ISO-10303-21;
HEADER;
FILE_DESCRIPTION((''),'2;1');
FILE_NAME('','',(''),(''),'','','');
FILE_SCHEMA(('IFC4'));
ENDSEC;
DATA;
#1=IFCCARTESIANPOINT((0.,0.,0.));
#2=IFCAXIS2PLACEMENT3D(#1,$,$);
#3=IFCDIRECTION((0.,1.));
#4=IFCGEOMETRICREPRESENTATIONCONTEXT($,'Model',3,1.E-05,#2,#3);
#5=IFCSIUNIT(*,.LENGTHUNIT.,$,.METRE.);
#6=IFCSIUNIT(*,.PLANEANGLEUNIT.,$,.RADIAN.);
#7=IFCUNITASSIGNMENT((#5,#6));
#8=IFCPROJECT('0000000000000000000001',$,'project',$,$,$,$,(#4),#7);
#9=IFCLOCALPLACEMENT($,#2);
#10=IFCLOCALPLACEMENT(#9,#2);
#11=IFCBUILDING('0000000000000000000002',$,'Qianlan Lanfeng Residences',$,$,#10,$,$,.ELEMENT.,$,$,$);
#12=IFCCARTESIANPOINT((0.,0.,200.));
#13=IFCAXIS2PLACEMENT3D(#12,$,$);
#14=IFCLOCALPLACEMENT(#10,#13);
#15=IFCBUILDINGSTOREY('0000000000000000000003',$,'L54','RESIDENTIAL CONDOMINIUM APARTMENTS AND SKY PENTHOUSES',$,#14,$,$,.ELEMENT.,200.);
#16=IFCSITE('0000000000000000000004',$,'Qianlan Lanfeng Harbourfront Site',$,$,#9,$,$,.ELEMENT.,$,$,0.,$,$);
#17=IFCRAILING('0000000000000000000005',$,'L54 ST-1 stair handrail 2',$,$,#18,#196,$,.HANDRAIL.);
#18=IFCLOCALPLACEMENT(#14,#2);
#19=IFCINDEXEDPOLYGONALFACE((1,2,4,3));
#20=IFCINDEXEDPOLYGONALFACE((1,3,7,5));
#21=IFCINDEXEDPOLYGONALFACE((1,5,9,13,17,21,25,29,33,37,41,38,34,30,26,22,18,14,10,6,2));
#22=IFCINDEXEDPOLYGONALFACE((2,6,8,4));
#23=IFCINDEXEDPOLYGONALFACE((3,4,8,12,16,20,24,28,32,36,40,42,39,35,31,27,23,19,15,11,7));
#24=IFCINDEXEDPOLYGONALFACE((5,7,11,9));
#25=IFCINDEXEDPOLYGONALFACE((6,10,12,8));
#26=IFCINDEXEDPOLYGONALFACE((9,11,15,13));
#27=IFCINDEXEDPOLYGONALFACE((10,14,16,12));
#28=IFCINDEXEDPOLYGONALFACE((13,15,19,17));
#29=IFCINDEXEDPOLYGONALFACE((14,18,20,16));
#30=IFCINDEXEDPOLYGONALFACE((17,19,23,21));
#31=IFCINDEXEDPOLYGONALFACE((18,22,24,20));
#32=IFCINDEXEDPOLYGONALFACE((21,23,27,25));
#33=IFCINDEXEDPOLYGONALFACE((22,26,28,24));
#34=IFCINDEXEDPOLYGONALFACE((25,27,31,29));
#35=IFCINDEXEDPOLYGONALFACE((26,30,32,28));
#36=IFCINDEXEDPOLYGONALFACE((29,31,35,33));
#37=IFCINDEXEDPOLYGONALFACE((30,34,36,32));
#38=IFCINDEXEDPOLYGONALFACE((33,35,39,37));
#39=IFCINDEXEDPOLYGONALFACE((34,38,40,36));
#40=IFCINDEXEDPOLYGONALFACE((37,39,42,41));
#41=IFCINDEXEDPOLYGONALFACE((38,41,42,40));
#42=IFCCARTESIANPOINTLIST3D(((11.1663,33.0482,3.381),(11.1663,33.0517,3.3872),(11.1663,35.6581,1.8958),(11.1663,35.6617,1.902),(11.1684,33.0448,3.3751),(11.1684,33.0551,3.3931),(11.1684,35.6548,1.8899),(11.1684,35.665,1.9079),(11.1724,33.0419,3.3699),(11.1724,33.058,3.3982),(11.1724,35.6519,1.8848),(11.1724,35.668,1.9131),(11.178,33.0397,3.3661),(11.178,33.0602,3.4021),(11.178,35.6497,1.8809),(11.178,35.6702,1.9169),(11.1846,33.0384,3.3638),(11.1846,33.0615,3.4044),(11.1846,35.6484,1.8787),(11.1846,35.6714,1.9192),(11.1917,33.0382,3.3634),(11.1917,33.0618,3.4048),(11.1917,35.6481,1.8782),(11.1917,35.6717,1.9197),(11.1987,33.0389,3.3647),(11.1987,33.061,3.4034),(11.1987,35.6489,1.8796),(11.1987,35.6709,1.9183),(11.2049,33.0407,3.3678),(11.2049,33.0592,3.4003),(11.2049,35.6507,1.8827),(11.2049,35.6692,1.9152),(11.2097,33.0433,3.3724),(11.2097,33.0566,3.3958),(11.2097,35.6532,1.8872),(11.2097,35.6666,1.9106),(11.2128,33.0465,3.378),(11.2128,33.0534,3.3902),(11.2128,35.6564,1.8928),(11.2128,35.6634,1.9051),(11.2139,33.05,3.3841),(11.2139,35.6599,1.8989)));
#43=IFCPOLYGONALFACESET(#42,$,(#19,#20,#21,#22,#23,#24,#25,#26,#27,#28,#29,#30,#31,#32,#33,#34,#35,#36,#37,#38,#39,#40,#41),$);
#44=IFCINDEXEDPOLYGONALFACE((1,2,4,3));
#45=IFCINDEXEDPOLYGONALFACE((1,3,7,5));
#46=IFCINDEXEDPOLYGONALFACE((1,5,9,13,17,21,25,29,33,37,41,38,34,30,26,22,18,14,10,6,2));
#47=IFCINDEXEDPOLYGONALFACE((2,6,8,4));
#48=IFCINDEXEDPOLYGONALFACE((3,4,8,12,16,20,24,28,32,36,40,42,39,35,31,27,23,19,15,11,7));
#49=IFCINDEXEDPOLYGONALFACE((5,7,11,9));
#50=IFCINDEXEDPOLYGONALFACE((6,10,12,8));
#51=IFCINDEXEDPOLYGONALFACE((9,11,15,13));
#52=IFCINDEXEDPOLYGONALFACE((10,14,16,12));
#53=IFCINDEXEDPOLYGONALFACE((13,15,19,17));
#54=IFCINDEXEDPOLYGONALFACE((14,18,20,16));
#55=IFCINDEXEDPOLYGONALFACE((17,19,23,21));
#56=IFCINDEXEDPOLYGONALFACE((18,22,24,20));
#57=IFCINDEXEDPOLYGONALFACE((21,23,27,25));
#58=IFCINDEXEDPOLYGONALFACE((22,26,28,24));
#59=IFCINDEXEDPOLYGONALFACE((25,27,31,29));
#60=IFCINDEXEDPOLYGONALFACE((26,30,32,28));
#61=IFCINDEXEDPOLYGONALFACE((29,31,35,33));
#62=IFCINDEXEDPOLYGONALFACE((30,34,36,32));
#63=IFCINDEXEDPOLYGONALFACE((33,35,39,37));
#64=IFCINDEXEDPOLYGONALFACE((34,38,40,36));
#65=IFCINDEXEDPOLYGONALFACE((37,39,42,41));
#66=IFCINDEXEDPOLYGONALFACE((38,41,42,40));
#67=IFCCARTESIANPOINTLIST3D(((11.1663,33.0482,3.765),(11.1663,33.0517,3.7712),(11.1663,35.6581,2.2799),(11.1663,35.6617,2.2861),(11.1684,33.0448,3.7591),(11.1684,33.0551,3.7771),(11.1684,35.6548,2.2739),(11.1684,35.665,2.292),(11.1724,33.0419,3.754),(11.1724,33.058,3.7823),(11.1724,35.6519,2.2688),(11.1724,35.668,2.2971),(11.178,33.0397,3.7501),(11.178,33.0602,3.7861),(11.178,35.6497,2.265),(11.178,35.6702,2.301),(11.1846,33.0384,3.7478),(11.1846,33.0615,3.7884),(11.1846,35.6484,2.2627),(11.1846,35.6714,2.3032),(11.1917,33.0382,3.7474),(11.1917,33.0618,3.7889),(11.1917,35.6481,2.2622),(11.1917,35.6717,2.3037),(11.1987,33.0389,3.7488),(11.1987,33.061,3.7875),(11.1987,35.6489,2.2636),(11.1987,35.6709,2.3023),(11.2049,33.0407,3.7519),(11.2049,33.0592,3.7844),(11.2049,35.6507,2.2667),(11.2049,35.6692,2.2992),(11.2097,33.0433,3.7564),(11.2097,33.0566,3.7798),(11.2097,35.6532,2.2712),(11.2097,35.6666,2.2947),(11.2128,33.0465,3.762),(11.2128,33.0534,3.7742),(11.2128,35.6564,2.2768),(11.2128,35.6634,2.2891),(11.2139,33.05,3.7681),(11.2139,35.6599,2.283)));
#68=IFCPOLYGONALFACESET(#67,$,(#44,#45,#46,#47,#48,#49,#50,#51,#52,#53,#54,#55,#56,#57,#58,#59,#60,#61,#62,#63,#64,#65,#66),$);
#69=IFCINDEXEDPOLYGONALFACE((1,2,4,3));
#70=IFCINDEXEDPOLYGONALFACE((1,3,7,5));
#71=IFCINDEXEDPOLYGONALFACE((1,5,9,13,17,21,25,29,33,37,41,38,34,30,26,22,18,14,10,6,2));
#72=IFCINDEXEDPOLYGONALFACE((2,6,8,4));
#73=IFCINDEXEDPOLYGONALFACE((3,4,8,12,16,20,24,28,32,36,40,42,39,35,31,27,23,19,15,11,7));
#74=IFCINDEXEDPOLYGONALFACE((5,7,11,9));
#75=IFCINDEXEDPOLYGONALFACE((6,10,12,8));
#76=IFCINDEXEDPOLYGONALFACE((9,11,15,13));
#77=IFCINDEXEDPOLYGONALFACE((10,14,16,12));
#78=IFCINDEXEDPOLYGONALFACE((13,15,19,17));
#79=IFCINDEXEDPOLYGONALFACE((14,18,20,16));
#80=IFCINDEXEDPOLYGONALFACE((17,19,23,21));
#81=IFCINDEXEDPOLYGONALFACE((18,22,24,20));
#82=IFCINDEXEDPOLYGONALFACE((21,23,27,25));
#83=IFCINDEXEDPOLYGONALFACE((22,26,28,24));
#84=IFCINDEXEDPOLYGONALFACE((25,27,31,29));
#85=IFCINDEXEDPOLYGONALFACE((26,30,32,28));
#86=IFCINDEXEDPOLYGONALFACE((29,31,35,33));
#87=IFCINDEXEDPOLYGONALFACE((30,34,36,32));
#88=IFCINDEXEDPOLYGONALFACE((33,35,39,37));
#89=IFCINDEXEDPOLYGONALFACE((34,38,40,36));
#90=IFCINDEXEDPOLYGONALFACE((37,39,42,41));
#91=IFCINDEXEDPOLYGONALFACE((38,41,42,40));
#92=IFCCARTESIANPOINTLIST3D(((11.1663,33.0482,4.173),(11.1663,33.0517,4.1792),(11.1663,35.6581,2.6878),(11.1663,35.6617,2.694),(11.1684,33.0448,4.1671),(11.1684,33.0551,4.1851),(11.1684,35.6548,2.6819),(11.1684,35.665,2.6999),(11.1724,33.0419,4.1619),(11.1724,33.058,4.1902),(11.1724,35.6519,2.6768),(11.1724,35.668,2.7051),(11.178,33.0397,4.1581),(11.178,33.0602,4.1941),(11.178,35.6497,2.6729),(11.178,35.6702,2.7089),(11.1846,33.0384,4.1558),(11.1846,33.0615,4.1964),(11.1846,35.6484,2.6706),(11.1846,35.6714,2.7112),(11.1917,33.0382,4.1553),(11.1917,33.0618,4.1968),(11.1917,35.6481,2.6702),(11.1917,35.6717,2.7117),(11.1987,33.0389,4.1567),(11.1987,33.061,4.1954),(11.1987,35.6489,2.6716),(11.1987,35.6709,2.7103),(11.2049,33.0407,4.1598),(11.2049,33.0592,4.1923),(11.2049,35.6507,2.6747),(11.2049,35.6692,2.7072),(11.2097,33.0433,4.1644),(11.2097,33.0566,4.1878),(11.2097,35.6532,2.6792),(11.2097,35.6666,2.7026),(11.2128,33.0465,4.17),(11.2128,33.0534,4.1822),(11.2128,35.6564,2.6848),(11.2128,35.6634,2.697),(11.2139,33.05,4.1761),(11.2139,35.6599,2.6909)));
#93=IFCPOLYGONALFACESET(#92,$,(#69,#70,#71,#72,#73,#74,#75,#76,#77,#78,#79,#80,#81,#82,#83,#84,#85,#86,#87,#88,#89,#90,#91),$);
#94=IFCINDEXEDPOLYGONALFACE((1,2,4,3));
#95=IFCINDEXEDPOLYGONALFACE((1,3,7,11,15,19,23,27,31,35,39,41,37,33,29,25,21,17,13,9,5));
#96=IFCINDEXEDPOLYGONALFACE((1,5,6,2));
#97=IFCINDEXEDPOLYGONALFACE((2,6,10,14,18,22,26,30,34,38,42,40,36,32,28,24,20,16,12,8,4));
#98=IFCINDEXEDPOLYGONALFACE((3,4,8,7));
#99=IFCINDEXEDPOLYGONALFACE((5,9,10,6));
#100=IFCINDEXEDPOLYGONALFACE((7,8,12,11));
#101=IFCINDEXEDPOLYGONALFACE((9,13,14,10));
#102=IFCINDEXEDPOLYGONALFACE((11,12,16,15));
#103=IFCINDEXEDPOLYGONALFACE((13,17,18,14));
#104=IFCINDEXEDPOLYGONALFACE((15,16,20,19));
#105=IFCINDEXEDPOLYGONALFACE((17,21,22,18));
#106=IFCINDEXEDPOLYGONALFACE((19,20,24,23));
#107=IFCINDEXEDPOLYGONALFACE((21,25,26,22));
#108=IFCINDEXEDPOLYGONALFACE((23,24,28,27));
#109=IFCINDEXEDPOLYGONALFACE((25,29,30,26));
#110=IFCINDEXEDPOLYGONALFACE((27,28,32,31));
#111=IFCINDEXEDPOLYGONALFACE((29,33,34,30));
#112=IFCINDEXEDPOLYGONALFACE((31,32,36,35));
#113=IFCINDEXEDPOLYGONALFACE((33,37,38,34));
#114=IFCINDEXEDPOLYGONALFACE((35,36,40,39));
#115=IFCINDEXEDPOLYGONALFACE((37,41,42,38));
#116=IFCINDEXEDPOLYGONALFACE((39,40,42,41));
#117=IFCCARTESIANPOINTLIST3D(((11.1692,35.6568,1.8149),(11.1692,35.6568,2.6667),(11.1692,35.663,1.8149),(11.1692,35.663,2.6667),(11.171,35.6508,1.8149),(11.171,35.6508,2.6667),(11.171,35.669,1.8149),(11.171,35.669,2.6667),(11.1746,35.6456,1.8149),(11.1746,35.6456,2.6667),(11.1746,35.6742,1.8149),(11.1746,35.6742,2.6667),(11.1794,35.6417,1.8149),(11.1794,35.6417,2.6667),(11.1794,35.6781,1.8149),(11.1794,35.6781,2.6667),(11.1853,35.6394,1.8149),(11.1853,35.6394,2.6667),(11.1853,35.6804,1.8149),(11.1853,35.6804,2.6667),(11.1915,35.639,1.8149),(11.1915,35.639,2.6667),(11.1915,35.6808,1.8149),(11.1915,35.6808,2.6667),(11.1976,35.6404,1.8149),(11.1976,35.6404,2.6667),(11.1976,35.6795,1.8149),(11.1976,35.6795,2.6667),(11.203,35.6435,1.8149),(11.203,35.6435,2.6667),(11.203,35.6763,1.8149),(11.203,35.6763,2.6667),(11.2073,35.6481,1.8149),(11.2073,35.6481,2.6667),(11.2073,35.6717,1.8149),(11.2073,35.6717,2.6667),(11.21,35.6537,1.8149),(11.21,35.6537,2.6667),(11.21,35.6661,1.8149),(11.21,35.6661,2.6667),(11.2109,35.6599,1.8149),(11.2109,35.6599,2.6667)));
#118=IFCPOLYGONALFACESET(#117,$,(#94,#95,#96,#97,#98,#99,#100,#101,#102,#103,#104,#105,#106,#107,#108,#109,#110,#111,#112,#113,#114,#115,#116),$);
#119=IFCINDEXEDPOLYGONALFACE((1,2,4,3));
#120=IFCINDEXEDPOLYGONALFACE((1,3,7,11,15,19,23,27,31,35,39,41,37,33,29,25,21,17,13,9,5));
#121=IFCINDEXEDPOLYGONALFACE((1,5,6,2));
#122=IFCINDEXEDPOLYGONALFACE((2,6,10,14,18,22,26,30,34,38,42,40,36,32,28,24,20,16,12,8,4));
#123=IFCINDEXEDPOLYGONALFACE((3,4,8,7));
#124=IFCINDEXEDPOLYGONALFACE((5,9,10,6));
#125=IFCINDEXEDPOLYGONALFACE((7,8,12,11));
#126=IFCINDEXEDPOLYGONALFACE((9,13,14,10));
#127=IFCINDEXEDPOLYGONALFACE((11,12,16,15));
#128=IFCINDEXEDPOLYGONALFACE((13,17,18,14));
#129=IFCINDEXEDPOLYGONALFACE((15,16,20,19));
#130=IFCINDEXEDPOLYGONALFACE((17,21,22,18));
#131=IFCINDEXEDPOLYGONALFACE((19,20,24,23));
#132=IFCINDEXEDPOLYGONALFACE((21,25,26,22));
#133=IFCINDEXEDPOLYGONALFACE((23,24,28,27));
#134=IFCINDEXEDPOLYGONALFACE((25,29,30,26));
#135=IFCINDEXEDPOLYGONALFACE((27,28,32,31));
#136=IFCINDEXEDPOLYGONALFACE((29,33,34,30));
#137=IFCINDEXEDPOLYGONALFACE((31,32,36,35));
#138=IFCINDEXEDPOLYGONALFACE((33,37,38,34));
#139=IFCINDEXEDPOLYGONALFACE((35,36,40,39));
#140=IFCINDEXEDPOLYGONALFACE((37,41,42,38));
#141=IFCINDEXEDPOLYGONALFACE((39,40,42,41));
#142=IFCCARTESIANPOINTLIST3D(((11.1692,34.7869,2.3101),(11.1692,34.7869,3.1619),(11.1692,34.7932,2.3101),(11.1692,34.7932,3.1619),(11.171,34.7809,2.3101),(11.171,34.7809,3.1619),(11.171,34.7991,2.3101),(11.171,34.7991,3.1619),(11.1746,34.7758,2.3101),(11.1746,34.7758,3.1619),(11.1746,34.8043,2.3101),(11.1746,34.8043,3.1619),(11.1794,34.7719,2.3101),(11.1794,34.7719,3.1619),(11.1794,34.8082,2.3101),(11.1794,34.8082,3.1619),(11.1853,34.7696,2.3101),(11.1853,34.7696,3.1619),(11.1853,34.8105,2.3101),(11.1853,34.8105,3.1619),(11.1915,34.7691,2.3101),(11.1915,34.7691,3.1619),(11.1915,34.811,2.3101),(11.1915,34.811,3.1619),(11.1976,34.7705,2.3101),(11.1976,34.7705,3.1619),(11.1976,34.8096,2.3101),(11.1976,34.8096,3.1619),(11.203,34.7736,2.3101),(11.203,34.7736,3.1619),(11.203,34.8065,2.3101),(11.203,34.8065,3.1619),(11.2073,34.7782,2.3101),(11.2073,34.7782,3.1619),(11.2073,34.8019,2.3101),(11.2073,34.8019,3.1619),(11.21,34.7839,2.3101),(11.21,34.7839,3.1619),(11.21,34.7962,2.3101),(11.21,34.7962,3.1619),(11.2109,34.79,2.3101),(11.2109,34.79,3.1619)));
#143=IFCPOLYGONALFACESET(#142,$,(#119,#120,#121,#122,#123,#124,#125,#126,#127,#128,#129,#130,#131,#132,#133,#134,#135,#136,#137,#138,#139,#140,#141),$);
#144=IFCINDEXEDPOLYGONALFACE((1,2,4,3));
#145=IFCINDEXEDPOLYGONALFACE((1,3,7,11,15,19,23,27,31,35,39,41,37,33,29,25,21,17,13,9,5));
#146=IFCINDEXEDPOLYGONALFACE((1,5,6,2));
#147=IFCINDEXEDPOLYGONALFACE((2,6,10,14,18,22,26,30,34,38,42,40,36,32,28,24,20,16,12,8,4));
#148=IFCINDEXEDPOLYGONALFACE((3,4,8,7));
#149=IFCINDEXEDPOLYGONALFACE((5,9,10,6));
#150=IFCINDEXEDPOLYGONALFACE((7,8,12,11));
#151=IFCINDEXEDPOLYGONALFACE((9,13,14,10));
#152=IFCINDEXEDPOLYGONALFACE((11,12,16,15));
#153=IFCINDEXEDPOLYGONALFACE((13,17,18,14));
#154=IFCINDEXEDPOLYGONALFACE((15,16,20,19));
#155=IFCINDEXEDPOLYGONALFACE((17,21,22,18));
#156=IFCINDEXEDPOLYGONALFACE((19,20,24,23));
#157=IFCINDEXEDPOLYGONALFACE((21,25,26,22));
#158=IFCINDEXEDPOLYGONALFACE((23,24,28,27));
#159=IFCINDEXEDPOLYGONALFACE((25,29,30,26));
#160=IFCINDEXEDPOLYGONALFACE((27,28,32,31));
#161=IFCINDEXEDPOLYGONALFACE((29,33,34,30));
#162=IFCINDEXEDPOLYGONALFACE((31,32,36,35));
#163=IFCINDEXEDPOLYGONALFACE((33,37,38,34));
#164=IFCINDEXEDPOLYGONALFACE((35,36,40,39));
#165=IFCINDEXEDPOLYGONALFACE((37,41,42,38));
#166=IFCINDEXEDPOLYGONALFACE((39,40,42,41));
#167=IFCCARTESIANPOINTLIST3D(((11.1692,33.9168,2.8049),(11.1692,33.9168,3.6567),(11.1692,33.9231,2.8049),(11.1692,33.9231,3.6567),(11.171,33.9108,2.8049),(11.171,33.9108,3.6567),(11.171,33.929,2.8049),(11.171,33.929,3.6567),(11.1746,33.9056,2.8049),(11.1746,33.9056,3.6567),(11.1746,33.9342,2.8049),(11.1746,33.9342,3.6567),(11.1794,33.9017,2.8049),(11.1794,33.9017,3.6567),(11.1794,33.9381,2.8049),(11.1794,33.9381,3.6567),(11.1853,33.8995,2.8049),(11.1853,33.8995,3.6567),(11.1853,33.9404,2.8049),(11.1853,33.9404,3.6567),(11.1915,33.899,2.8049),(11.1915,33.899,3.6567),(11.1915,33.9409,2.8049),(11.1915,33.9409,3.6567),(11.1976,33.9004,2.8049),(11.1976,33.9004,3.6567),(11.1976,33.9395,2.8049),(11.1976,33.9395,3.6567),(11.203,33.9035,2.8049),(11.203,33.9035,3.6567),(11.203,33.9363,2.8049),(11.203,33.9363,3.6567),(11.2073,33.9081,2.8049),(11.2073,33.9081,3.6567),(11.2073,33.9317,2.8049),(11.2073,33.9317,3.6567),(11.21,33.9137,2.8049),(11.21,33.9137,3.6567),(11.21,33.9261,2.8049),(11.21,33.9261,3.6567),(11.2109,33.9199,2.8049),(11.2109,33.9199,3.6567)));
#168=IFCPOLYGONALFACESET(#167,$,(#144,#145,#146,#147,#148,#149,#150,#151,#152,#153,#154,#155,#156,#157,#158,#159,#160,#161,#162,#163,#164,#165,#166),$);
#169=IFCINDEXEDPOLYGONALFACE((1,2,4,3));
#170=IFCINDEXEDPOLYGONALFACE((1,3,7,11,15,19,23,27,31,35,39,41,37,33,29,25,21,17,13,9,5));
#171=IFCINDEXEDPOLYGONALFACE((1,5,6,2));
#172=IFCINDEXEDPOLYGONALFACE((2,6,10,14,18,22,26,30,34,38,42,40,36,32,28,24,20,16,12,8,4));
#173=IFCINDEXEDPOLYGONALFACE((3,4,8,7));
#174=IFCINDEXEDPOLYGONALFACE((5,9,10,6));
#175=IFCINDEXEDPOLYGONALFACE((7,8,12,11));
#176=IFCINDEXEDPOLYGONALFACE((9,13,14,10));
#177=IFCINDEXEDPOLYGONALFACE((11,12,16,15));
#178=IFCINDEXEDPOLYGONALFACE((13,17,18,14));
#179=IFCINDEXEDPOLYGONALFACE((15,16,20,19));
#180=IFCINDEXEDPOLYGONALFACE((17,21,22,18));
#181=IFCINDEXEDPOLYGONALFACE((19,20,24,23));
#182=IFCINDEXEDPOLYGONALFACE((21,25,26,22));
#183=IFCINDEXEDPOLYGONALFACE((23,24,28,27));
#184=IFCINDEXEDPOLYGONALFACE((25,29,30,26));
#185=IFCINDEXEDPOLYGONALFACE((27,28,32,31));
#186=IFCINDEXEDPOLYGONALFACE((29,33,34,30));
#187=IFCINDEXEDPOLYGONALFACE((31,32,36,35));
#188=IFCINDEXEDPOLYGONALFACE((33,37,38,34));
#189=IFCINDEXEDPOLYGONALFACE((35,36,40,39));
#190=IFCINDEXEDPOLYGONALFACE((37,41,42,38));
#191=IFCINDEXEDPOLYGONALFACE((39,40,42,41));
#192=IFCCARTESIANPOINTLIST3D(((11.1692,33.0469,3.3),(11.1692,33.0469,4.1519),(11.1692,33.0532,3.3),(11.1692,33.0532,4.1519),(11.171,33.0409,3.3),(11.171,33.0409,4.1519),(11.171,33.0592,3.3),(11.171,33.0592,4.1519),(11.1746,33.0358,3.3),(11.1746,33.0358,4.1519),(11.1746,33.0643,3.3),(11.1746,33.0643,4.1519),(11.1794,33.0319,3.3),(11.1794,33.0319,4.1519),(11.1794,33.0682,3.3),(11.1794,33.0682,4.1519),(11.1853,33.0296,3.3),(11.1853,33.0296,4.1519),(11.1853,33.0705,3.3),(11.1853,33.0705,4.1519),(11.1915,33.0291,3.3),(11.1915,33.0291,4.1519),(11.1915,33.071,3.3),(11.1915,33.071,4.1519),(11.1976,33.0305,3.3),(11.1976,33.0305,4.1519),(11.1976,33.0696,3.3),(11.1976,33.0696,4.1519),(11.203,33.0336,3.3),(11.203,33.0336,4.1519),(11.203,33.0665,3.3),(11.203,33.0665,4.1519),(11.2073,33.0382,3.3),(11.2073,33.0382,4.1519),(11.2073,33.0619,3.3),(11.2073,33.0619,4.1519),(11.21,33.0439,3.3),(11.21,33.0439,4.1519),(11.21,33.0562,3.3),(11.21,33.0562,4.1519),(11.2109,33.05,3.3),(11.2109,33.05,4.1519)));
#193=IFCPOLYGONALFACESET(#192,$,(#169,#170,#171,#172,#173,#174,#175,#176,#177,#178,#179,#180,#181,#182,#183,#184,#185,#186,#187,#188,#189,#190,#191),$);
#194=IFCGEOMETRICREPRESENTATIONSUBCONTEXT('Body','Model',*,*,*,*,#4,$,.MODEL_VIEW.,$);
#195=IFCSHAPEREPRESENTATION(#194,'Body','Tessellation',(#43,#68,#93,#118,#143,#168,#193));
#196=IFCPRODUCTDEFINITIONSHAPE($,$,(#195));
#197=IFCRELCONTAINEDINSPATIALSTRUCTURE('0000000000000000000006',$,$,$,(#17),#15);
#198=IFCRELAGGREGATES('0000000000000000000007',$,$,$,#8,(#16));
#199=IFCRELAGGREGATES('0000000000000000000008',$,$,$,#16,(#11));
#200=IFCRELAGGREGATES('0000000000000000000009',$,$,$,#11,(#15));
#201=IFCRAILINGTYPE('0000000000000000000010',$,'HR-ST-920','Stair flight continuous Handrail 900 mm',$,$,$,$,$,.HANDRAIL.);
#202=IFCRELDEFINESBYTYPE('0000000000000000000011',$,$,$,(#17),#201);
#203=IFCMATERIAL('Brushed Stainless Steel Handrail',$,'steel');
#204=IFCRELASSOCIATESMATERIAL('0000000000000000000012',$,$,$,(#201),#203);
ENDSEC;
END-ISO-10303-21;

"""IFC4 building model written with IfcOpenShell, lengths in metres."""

from ifc_helpers import new_model, si_unit, direction, frame, origin, origin_2d, place, context, subcontext, project, spatial, circle, extrude, material, type_object, element, save


model = new_model("IFC4")

# Units and contexts
model_context = context("Model", 3, precision=1e-05, world=origin(), true_north=direction((0.0, 1.0)))
body_context = subcontext(model_context, "Body", "Model", "MODEL_VIEW")
ifc_project = project(units=[si_unit("LENGTHUNIT", "METRE"), si_unit("PLANEANGLEUNIT", "RADIAN")], contexts=[model_context])

# Site, building, storey
site_placement = place(None, origin())
site = spatial("IfcSite", under=ifc_project, at=site_placement, Name="Qianlan Lanfeng Harbourfront Site", CompositionType="ELEMENT", RefElevation=0.0)
building_placement = place(site_placement, origin())
building = spatial("IfcBuilding", under=site, at=building_placement, Name="Qianlan Lanfeng Residences", CompositionType="ELEMENT")
storey_placement = place(building_placement, frame((0.0, 0.0, 200.0)))
storey = spatial("IfcBuildingStorey", under=building, at=storey_placement, Name="L54", Description="RESIDENTIAL CONDOMINIUM APARTMENTS AND SKY PENTHOUSES", CompositionType="ELEMENT", Elevation=200.0)

# Railing
ifc_material_1 = material(Name="Brushed Stainless Steel Handrail", Category="steel")
railing_type_1 = type_object("IfcRailingType", Name="HR-ST-920", Description="Stair flight continuous Handrail 900 mm", PredefinedType="HANDRAIL", material=ifc_material_1)
railing_1_placement = place(storey_placement, frame((11.1899, 35.6599, 1.8149)))
element("IfcRailing", 1, at=railing_1_placement, inside=storey, type_object=railing_type_1, Name="L54 ST-1 stair handrail 2", PredefinedType="HANDRAIL", context=body_context, shape_type="SweptSolid", body=[
    extrude(circle(Radius=0.0239, at=origin_2d()), frame((0.0, 0.0, 0.084), z_axis=(0.0, -0.869137, 0.494571), x_axis=(1.0, 0.0, 0.0)), (0.0, 0.0, 1.0), 3.0029),
    extrude(circle(Radius=0.0239, at=origin_2d()), frame((0.0, 0.0, 0.468), z_axis=(0.0, -0.869137, 0.494571), x_axis=(1.0, 0.0, 0.0)), (0.0, 0.0, 1.0), 3.0029),
    extrude(circle(Radius=0.0239, at=origin_2d()), frame((0.0, 0.0, 0.876), z_axis=(0.0, -0.869137, 0.494571), x_axis=(1.0, 0.0, 0.0)), (0.0, 0.0, 1.0), 3.0029),
    extrude(circle(Radius=0.021, at=origin_2d()), origin(), (0.0, 0.0, 1.0), 0.8518),
    extrude(circle(Radius=0.021, at=origin_2d()), frame((0.0, -0.8699, 0.4951)), (0.0, 0.0, 1.0), 0.8518),
    extrude(circle(Radius=0.021, at=origin_2d()), frame((0.0, -1.74, 0.99)), (0.0, 0.0, 1.0), 0.8518),
    extrude(circle(Radius=0.021, at=origin_2d()), frame((0.0, -2.6099, 1.4851)), (0.0, 0.0, 1.0), 0.8518),
])

save(model, "model.ifc")
